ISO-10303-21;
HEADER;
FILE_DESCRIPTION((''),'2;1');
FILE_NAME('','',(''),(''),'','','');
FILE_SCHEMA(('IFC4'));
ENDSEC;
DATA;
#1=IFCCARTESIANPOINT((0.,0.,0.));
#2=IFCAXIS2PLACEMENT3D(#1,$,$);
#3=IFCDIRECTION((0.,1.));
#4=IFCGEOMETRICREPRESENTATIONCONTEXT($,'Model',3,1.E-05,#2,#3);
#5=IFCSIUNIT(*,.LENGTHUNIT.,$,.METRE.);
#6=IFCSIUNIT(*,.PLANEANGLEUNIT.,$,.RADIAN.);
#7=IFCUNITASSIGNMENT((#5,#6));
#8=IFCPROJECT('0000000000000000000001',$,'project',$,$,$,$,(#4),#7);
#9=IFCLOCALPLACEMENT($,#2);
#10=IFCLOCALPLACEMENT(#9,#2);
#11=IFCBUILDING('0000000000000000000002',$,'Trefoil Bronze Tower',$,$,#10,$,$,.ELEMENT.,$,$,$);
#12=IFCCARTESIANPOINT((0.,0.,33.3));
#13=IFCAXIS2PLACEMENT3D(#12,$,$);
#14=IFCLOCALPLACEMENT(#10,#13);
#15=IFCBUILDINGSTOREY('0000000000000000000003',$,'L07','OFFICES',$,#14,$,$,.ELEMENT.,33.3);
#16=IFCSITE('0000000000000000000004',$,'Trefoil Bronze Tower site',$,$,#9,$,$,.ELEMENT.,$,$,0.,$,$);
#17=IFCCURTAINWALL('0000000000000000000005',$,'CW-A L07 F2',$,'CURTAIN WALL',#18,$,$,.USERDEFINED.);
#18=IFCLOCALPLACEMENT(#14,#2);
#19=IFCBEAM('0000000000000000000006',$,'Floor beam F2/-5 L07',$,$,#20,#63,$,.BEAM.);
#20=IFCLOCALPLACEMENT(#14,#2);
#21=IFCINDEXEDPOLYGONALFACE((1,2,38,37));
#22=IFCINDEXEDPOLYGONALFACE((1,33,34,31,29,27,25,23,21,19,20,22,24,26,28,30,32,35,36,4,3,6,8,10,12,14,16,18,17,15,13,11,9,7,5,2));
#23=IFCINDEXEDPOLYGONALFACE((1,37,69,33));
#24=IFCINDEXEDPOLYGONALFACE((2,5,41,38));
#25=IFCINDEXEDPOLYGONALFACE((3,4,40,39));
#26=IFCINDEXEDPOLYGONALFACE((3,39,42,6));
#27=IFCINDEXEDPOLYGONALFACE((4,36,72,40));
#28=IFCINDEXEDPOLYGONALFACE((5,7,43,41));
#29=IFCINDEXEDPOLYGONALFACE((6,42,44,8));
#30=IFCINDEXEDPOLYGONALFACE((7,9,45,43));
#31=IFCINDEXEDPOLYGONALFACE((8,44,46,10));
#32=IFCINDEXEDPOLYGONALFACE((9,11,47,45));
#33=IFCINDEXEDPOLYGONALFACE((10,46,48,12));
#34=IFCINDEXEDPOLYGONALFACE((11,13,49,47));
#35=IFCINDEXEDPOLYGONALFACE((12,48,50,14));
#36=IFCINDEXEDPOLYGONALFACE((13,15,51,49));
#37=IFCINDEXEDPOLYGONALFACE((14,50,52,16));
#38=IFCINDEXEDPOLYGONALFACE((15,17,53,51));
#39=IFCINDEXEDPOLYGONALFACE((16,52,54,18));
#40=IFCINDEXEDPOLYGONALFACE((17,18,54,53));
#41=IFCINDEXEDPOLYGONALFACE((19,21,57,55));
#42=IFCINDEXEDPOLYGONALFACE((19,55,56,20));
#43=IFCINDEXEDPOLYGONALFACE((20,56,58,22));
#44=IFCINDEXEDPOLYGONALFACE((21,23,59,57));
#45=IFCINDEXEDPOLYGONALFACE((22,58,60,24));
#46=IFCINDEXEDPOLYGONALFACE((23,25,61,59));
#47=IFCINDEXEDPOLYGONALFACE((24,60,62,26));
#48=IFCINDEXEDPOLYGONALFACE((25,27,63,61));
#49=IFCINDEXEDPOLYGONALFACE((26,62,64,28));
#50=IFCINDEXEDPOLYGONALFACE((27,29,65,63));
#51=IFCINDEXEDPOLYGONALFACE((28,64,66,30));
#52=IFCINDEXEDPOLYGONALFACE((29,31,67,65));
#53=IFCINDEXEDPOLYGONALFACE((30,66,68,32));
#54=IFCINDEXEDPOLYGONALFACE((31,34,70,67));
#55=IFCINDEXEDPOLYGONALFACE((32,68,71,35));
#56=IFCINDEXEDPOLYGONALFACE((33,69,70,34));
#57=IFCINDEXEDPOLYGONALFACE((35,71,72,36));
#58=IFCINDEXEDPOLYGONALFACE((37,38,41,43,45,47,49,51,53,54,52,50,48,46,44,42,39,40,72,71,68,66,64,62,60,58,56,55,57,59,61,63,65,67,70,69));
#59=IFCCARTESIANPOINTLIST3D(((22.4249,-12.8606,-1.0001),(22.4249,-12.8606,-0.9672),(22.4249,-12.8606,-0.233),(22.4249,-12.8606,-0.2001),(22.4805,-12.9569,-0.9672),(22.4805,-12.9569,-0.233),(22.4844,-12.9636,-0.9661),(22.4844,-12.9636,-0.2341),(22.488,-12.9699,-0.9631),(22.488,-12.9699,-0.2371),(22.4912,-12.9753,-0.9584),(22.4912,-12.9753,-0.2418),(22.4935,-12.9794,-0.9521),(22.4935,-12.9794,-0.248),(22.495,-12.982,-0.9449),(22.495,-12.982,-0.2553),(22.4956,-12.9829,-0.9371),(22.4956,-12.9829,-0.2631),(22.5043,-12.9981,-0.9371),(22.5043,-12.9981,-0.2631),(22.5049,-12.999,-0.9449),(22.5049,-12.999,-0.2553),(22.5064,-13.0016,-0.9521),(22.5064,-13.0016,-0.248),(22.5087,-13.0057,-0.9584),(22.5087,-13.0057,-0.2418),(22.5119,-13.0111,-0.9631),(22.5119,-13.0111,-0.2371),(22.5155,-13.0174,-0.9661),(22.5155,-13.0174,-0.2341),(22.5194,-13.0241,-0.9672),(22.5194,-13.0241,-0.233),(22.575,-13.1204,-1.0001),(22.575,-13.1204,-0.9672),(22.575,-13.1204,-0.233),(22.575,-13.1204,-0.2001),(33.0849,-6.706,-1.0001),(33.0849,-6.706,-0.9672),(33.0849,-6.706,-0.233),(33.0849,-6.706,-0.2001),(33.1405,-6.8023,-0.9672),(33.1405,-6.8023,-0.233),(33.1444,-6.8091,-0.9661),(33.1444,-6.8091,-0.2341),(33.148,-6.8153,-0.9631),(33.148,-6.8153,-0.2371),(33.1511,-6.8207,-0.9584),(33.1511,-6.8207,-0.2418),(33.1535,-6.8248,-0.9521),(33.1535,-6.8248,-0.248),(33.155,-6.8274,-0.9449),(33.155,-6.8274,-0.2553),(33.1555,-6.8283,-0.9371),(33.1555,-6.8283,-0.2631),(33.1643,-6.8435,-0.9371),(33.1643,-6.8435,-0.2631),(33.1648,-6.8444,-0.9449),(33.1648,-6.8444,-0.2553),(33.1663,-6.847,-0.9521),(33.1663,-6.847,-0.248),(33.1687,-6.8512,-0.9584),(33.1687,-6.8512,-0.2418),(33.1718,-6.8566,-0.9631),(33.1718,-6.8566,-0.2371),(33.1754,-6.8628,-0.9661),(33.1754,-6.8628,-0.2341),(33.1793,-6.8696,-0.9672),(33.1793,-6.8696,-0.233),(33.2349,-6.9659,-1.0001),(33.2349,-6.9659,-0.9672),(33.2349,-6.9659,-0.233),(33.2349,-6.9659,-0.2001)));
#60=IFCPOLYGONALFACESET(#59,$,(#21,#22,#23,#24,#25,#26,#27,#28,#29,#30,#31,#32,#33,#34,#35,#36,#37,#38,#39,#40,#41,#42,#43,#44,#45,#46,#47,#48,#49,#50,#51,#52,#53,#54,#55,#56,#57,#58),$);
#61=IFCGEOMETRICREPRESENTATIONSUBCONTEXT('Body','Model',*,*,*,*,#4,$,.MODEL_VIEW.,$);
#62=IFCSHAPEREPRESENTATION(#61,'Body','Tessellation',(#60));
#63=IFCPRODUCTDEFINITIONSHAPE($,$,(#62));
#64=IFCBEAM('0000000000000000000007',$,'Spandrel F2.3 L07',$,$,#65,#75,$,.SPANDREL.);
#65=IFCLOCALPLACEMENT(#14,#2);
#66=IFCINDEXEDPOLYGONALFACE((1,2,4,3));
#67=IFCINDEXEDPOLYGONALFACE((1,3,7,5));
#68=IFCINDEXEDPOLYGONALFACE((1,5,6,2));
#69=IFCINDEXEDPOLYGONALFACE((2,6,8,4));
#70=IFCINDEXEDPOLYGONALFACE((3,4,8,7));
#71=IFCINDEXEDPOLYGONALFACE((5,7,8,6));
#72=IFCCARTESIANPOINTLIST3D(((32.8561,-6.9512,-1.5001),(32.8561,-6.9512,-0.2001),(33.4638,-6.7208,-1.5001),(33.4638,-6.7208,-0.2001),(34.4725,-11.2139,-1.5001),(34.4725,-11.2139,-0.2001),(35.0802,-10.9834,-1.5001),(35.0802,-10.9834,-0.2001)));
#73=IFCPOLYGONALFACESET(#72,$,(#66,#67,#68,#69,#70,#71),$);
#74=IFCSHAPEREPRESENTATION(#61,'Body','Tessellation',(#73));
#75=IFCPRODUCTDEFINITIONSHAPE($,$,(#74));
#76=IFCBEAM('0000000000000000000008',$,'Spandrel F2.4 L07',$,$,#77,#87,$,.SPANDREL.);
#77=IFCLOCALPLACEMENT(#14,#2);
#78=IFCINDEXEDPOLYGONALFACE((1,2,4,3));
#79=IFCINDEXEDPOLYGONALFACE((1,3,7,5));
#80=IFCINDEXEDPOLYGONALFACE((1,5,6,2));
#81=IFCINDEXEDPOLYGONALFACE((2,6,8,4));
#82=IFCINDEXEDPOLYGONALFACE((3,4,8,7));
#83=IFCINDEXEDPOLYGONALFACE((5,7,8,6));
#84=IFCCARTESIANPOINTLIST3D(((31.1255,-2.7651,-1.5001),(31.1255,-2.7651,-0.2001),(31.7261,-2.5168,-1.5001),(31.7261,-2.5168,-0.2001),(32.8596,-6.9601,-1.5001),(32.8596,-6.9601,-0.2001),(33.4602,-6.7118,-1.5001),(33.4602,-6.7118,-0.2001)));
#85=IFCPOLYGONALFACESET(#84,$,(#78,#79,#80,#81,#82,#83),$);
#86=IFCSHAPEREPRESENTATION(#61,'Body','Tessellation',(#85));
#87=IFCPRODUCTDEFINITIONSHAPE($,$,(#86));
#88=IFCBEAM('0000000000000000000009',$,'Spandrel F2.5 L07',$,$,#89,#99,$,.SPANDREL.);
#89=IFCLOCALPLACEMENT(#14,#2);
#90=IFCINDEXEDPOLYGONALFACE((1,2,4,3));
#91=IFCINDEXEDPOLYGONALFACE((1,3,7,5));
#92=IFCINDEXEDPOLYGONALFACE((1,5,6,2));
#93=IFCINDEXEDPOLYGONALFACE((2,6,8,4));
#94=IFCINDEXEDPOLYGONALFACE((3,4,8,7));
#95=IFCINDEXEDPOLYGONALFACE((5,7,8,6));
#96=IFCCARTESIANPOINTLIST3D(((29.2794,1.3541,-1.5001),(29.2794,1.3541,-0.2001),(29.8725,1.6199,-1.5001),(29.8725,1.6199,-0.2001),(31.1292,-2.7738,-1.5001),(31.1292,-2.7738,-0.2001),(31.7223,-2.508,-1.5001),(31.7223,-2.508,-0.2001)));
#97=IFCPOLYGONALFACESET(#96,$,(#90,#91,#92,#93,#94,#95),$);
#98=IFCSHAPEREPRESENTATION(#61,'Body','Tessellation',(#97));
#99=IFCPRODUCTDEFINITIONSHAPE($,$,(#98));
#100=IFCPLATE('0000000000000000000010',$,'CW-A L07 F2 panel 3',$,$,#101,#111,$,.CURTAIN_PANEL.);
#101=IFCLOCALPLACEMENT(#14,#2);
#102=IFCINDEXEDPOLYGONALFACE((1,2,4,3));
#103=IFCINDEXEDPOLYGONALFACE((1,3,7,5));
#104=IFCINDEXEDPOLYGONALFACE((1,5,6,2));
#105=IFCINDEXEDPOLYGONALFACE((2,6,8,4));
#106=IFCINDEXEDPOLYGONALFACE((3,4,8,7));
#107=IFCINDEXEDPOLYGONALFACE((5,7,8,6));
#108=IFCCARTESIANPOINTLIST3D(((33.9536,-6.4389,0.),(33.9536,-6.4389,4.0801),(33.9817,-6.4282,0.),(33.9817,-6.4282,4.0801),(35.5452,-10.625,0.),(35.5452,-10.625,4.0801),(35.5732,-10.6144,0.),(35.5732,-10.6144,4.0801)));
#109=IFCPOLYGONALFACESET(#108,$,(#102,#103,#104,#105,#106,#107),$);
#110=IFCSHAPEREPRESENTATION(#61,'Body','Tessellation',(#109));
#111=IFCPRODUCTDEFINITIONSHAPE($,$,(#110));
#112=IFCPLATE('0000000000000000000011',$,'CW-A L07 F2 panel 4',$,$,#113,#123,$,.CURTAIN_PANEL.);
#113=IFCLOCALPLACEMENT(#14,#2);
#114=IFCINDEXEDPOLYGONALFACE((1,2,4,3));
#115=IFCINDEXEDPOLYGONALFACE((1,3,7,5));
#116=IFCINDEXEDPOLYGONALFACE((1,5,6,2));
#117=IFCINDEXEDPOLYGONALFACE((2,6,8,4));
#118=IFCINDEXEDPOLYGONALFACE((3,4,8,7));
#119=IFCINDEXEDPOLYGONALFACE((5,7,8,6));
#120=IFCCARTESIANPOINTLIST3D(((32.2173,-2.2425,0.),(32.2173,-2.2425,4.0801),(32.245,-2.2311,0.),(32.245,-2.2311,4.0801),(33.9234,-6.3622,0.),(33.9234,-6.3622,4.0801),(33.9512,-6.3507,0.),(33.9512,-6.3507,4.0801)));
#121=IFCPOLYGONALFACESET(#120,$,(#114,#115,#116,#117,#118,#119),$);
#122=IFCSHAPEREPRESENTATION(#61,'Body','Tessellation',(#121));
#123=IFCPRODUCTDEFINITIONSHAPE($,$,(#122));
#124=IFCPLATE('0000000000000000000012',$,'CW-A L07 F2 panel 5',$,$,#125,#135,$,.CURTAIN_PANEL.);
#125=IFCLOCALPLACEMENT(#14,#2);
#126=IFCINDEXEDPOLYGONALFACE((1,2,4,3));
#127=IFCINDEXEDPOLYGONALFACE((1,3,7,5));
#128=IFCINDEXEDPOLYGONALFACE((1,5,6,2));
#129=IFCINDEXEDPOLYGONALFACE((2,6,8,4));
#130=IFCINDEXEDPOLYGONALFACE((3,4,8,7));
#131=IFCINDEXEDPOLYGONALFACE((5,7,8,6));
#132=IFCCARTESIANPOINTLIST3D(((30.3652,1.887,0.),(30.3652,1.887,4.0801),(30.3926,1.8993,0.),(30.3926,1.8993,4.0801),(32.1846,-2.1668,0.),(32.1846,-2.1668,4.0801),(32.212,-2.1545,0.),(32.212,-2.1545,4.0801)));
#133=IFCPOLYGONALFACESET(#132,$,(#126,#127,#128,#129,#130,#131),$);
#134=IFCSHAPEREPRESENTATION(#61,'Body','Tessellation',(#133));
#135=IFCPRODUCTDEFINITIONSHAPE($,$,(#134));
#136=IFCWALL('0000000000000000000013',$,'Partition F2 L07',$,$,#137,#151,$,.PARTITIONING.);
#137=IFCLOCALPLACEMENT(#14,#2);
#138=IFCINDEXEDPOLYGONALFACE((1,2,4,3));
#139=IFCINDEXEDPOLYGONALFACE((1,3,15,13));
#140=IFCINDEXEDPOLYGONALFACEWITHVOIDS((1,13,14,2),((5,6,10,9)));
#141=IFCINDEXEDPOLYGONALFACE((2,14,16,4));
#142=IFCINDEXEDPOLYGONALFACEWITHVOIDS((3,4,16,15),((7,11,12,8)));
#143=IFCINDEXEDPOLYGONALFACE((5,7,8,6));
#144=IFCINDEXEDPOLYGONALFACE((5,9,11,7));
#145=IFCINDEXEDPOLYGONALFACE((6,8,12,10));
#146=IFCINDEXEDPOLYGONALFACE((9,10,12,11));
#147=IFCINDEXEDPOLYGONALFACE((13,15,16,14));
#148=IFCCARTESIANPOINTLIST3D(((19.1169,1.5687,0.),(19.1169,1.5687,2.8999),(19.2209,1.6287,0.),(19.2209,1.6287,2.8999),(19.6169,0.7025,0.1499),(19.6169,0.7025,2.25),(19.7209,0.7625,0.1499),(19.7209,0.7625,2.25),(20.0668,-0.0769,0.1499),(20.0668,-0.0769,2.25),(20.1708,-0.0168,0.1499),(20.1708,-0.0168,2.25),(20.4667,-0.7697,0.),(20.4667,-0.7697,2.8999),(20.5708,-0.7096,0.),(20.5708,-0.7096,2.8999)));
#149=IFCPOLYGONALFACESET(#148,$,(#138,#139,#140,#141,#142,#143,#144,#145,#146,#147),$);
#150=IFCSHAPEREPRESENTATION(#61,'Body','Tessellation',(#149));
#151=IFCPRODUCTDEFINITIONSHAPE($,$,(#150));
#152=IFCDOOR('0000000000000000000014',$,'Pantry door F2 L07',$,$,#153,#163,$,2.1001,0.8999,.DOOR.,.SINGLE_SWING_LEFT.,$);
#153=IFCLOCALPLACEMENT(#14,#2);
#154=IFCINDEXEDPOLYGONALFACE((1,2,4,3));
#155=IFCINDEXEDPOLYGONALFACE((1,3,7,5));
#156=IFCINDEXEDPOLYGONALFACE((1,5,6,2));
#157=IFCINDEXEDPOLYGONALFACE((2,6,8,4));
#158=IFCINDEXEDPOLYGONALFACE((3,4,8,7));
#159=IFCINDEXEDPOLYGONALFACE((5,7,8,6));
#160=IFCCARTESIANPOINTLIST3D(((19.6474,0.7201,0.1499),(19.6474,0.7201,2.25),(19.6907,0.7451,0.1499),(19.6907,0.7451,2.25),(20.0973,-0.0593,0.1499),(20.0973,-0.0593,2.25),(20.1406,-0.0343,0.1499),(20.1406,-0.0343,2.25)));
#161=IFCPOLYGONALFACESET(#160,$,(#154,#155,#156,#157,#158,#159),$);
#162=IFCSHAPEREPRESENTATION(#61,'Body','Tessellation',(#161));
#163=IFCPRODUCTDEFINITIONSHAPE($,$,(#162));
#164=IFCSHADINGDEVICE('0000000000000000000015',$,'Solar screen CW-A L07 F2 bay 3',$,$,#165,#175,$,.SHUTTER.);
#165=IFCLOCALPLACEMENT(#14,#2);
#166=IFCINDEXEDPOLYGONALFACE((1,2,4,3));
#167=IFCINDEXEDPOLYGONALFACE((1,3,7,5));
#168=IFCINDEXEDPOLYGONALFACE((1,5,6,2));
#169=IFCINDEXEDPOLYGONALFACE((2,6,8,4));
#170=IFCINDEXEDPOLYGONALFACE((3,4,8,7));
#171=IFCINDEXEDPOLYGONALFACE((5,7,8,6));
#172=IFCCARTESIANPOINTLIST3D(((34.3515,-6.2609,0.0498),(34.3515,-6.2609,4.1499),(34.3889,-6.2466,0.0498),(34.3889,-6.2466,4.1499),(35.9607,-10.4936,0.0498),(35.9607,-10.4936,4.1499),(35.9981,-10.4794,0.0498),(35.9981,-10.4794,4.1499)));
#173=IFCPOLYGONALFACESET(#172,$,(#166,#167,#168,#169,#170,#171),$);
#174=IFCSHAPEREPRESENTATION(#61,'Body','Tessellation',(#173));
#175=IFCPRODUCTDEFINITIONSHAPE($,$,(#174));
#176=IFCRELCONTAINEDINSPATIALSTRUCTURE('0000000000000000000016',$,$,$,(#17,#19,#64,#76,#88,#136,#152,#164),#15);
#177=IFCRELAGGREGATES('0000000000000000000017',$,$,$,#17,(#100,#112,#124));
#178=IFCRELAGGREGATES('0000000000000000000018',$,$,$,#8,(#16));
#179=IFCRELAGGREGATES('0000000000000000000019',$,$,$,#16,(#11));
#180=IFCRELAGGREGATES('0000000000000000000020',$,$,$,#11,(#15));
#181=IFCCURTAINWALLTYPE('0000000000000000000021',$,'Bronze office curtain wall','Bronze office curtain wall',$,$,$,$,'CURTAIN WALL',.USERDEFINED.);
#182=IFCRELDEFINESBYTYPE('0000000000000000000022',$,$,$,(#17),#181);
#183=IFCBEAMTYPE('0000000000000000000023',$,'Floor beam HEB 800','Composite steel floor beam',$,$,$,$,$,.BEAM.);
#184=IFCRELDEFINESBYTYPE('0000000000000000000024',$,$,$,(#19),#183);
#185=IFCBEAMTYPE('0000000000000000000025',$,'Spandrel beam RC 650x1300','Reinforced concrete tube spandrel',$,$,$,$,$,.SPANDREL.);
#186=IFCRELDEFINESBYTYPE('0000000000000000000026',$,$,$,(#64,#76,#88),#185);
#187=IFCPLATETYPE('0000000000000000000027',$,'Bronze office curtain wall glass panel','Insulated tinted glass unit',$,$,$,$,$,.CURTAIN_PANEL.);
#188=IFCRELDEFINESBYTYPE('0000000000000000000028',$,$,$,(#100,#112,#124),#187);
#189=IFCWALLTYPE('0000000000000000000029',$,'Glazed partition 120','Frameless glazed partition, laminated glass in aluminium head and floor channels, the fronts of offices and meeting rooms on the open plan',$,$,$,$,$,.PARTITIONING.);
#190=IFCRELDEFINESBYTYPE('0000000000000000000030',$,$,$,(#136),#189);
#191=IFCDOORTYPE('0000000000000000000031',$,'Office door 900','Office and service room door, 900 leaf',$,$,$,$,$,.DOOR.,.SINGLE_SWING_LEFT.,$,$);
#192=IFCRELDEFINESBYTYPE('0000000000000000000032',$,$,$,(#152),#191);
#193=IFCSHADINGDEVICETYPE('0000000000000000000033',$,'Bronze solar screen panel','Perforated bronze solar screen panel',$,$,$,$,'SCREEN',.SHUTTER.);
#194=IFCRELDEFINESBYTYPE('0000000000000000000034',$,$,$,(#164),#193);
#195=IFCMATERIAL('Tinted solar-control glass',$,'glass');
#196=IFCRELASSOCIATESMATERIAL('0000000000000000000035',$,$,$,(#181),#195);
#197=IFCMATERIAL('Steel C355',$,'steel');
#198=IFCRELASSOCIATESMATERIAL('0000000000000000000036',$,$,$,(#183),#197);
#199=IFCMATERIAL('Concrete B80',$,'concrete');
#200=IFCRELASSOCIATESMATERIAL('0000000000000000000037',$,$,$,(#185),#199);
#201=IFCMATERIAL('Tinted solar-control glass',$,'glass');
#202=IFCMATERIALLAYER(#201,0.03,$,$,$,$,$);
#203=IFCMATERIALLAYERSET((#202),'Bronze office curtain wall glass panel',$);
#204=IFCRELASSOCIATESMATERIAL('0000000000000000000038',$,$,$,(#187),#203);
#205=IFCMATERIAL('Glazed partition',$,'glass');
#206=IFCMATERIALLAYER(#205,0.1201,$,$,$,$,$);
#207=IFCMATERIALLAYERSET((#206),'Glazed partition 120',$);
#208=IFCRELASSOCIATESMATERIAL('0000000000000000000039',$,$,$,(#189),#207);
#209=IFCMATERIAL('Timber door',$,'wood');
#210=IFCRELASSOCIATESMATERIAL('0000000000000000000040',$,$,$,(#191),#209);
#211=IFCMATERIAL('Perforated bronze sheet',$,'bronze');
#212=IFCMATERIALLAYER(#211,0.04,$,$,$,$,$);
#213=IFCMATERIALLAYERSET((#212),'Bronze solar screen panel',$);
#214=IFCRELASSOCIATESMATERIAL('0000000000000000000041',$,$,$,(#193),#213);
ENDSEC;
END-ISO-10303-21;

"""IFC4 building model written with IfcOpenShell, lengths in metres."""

from ifc_helpers import new_model, si_unit, direction, frame, frame_2d, origin, origin_2d, place, context, subcontext, project, spatial, rectangle, i_section, extrude, material, layer, layer_set, material_profile, profile_set, type_object, element, fill, aggregate, save


model = new_model("IFC4")

# Units and contexts
model_context = context("Model", 3, precision=1e-05, world=origin(), true_north=direction((0.0, 1.0)))
body_context = subcontext(model_context, "Body", "Model", "MODEL_VIEW")
ifc_project = project(units=[si_unit("LENGTHUNIT", "METRE"), si_unit("PLANEANGLEUNIT", "RADIAN")], contexts=[model_context])

# Site, building, storey
site_placement = place(None, origin())
site = spatial("IfcSite", under=ifc_project, at=site_placement, Name="Trefoil Bronze Tower site", CompositionType="ELEMENT", RefElevation=0.0)
building_placement = place(site_placement, origin())
building = spatial("IfcBuilding", under=site, at=building_placement, Name="Trefoil Bronze Tower", CompositionType="ELEMENT")
storey_placement = place(building_placement, frame((0.0, 0.0, 33.3)))
storey = spatial("IfcBuildingStorey", under=building, at=storey_placement, Name="L07", Description="OFFICES", CompositionType="ELEMENT", Elevation=33.3)

# Curtain wall
ifc_material_1 = material(Name="Tinted solar-control glass", Category="glass")
curtain_wall_type = type_object("IfcCurtainWallType", Name="Bronze office curtain wall", Description="Bronze office curtain wall", ElementType="CURTAIN WALL", PredefinedType="USERDEFINED", material=ifc_material_1)
curtain_wall_placement = place(storey_placement, origin())
curtain_wall = element("IfcCurtainWall", 1, at=curtain_wall_placement, inside=storey, type_object=curtain_wall_type, Name="CW-A L07 F2", ObjectType="CURTAIN WALL", PredefinedType="USERDEFINED")

# Beams
ifc_material_2 = material(Name="Steel C355", Category="steel")
ifc_material_profile_1 = material_profile(ifc_material_2, i_section(OverallWidth=0.3, OverallDepth=0.8, WebThickness=0.0176, FlangeThickness=0.033, FilletRadius=0.03, at=origin_2d()), Name="HEB 800")
ifc_profile_set_1 = profile_set([ifc_material_profile_1], Name="Steel C355")
beam_type_1 = type_object("IfcBeamType", Name="Floor beam HEB 800", Description="Composite steel floor beam", PredefinedType="BEAM", material=ifc_profile_set_1)
beam_1_placement = place(storey_placement, frame((33.1599, -6.8359, -0.6001), z_axis=(-0.866024, -0.500002, 0.0), x_axis=(0.500002, -0.866024, 0.0)))
element("IfcBeam", 2, at=beam_1_placement, inside=storey, type_object=beam_type_1, Name="Floor beam F2/-5 L07", PredefinedType="BEAM", context=body_context, shape_type="SweptSolid", body=[
    extrude(i_section(OverallWidth=0.3, OverallDepth=0.8, WebThickness=0.0176, FlangeThickness=0.033, FilletRadius=0.03, at=origin_2d()), origin(), (0.0, 0.0, 1.0), 12.3091),
])
ifc_material_3 = material(Name="Concrete B80", Category="concrete")
ifc_material_profile_2 = material_profile(ifc_material_3, rectangle(XDim=0.6499, YDim=1.3, at=origin_2d()), Name="RC 650x1300")
ifc_profile_set_2 = profile_set([ifc_material_profile_2], Name="Concrete B80")
beam_type_2 = type_object("IfcBeamType", Name="Spandrel beam RC 650x1300", Description="Reinforced concrete tube spandrel", PredefinedType="SPANDREL", material=ifc_profile_set_2)
beam_2_placement = place(storey_placement, frame((34.7764, -11.0986, -0.8501), z_axis=(-0.354572, 0.935029, 0.0), x_axis=(-0.935029, -0.354572, 0.0)))
element("IfcBeam", 3, at=beam_2_placement, inside=storey, type_object=beam_type_2, Name="Spandrel F2.3 L07", PredefinedType="SPANDREL", context=body_context, shape_type="SweptSolid", body=[
    extrude(rectangle(XDim=0.6499, YDim=1.3, at=origin_2d()), origin(), (0.0, 0.0, 1.0), 4.5588),
])
beam_3_placement = place(storey_placement, frame((33.1599, -6.8359, -0.8501), z_axis=(-0.382021, 0.924154, 0.0), x_axis=(-0.924154, -0.382021, 0.0)))
element("IfcBeam", 4, at=beam_3_placement, inside=storey, type_object=beam_type_2, Name="Spandrel F2.4 L07", PredefinedType="SPANDREL", context=body_context, shape_type="SweptSolid", body=[
    extrude(rectangle(XDim=0.6499, YDim=1.3, at=origin_2d()), origin(), (0.0, 0.0, 1.0), 4.5393),
])
beam_4_placement = place(storey_placement, frame((31.4258, -2.6409, -0.8501), z_axis=(-0.408946, 0.912559, 0.0), x_axis=(-0.912559, -0.408946, 0.0)))
element("IfcBeam", 5, at=beam_4_placement, inside=storey, type_object=beam_type_2, Name="Spandrel F2.5 L07", PredefinedType="SPANDREL", context=body_context, shape_type="SweptSolid", body=[
    extrude(rectangle(XDim=0.6499, YDim=1.3, at=origin_2d()), origin(), (0.0, 0.0, 1.0), 4.5234),
])

# Plates
ifc_material_4 = material(Name="Tinted solar-control glass", Category="glass")
ifc_layer_1 = layer(ifc_material_4, 0.03)
ifc_layer_set_1 = layer_set([ifc_layer_1], Name="Bronze office curtain wall glass panel")
plate_type = type_object("IfcPlateType", Name="Bronze office curtain wall glass panel", Description="Insulated tinted glass unit", PredefinedType="CURTAIN_PANEL", material=ifc_layer_set_1)
plate_1_placement = place(storey_placement, frame((34.7634, -8.5266, 0.0), z_axis=(0.0, 0.0, 1.0), x_axis=(-0.355371, 0.934725, 0.0)))
plate_1 = element("IfcPlate", 6, at=plate_1_placement, type_object=plate_type, Name="CW-A L07 F2 panel 3", PredefinedType="CURTAIN_PANEL", context=body_context, shape_type="SweptSolid", body=[
    extrude(rectangle(XDim=4.4785, YDim=0.03, at=origin_2d()), origin(), (0.0, 0.0, 1.0), 4.0801),
])
plate_2_placement = place(storey_placement, frame((33.0842, -4.2966, 0.0), z_axis=(0.0, 0.0, 1.0), x_axis=(-0.38263, 0.923902, 0.0)))
plate_2 = element("IfcPlate", 7, at=plate_2_placement, type_object=plate_type, Name="CW-A L07 F2 panel 4", PredefinedType="CURTAIN_PANEL", context=body_context, shape_type="SweptSolid", body=[
    extrude(rectangle(XDim=4.459, YDim=0.03, at=origin_2d()), origin(), (0.0, 0.0, 1.0), 4.0801),
])
plate_3_placement = place(storey_placement, frame((31.2886, -0.1338, 0.0), z_axis=(0.0, 0.0, 1.0), x_axis=(-0.409456, 0.91233, 0.0)))
plate_3 = element("IfcPlate", 8, at=plate_3_placement, type_object=plate_type, Name="CW-A L07 F2 panel 5", PredefinedType="CURTAIN_PANEL", context=body_context, shape_type="SweptSolid", body=[
    extrude(rectangle(XDim=4.4434, YDim=0.03, at=origin_2d()), origin(), (0.0, 0.0, 1.0), 4.0801),
])
aggregate(curtain_wall, [plate_1, plate_2, plate_3])

# Wall, opening, door
ifc_material_5 = material(Name="Glazed partition", Category="glass")
ifc_layer_2 = layer(ifc_material_5, 0.1201)
ifc_layer_set_2 = layer_set([ifc_layer_2], Name="Glazed partition 120")
wall_type = type_object("IfcWallType", Name="Glazed partition 120", Description="Frameless glazed partition, laminated glass in aluminium head and floor channels, the fronts of offices and meeting rooms on the open plan", PredefinedType="PARTITIONING", material=ifc_layer_set_2)
wall_placement = place(storey_placement, frame((20.5188, -0.7397, 0.0), z_axis=(0.0, 0.0, 1.0), x_axis=(-0.499942, 0.866059, 0.0)))
wall = element("IfcWall", 9, at=wall_placement, inside=storey, type_object=wall_type, Name="Partition F2 L07", PredefinedType="PARTITIONING", context=body_context, shape_type="SweptSolid", body=[
    extrude(rectangle(XDim=2.7, YDim=0.1201, at=frame_2d((1.3501, 0.0))), origin(), (0.0, 0.0, 1.0), 2.8999),
])
opening_placement = place(wall_placement, frame((0.8, 0.0, 0.1499)))
opening = element("IfcOpeningElement", 10, at=opening_placement, cuts=wall, PredefinedType="OPENING", context=body_context, shape_type="SweptSolid", body=[
    extrude(rectangle(XDim=0.8999, YDim=2.1001, at=frame_2d((0.45, 1.05))), frame((0.0, 0.0701, 0.0), z_axis=(0.0, -1.0, 0.0), x_axis=(1.0, 0.0, 0.0)), (0.0, 0.0, 1.0), 0.1401),
])
ifc_material_6 = material(Name="Timber door", Category="wood")
door_type = type_object("IfcDoorType", Name="Office door 900", Description="Office and service room door, 900 leaf", OperationType="SINGLE_SWING_LEFT", PredefinedType="DOOR", material=ifc_material_6)
door_placement = place(opening_placement, origin())
door = element("IfcDoor", 11, at=door_placement, inside=storey, type_object=door_type, Name="Pantry door F2 L07", OperationType="SINGLE_SWING_LEFT", OverallHeight=2.1001, OverallWidth=0.8999, PredefinedType="DOOR", context=body_context, shape_type="SweptSolid", body=[
    extrude(rectangle(XDim=0.8999, YDim=2.1001, at=frame_2d((0.45, 1.05))), frame((0.0, 0.0249, 0.0), z_axis=(0.0, -1.0, 0.0), x_axis=(1.0, 0.0, 0.0)), (0.0, 0.0, 1.0), 0.05),
])
fill(opening, door)

# Shading device
ifc_material_7 = material(Name="Perforated bronze sheet", Category="bronze")
ifc_layer_3 = layer(ifc_material_7, 0.04)
ifc_layer_set_3 = layer_set([ifc_layer_3], Name="Bronze solar screen panel")
shading_device_type = type_object("IfcShadingDeviceType", Name="Bronze solar screen panel", Description="Perforated bronze solar screen panel", ElementType="SCREEN", PredefinedType="SHUTTER", material=ifc_layer_set_3)
shading_device_1_placement = place(storey_placement, frame((35.1748, -8.3701, 0.0498), z_axis=(0.0, 0.0, 1.0), x_axis=(-0.355371, 0.934725, 0.0)))
element("IfcShadingDevice", 12, at=shading_device_1_placement, inside=storey, type_object=shading_device_type, Name="Solar screen CW-A L07 F2 bay 3", PredefinedType="SHUTTER", context=body_context, shape_type="SweptSolid", body=[
    extrude(rectangle(XDim=4.5283, YDim=0.04, at=origin_2d()), origin(), (0.0, 0.0, 1.0), 4.1001),
])

save(model, "model.ifc")
